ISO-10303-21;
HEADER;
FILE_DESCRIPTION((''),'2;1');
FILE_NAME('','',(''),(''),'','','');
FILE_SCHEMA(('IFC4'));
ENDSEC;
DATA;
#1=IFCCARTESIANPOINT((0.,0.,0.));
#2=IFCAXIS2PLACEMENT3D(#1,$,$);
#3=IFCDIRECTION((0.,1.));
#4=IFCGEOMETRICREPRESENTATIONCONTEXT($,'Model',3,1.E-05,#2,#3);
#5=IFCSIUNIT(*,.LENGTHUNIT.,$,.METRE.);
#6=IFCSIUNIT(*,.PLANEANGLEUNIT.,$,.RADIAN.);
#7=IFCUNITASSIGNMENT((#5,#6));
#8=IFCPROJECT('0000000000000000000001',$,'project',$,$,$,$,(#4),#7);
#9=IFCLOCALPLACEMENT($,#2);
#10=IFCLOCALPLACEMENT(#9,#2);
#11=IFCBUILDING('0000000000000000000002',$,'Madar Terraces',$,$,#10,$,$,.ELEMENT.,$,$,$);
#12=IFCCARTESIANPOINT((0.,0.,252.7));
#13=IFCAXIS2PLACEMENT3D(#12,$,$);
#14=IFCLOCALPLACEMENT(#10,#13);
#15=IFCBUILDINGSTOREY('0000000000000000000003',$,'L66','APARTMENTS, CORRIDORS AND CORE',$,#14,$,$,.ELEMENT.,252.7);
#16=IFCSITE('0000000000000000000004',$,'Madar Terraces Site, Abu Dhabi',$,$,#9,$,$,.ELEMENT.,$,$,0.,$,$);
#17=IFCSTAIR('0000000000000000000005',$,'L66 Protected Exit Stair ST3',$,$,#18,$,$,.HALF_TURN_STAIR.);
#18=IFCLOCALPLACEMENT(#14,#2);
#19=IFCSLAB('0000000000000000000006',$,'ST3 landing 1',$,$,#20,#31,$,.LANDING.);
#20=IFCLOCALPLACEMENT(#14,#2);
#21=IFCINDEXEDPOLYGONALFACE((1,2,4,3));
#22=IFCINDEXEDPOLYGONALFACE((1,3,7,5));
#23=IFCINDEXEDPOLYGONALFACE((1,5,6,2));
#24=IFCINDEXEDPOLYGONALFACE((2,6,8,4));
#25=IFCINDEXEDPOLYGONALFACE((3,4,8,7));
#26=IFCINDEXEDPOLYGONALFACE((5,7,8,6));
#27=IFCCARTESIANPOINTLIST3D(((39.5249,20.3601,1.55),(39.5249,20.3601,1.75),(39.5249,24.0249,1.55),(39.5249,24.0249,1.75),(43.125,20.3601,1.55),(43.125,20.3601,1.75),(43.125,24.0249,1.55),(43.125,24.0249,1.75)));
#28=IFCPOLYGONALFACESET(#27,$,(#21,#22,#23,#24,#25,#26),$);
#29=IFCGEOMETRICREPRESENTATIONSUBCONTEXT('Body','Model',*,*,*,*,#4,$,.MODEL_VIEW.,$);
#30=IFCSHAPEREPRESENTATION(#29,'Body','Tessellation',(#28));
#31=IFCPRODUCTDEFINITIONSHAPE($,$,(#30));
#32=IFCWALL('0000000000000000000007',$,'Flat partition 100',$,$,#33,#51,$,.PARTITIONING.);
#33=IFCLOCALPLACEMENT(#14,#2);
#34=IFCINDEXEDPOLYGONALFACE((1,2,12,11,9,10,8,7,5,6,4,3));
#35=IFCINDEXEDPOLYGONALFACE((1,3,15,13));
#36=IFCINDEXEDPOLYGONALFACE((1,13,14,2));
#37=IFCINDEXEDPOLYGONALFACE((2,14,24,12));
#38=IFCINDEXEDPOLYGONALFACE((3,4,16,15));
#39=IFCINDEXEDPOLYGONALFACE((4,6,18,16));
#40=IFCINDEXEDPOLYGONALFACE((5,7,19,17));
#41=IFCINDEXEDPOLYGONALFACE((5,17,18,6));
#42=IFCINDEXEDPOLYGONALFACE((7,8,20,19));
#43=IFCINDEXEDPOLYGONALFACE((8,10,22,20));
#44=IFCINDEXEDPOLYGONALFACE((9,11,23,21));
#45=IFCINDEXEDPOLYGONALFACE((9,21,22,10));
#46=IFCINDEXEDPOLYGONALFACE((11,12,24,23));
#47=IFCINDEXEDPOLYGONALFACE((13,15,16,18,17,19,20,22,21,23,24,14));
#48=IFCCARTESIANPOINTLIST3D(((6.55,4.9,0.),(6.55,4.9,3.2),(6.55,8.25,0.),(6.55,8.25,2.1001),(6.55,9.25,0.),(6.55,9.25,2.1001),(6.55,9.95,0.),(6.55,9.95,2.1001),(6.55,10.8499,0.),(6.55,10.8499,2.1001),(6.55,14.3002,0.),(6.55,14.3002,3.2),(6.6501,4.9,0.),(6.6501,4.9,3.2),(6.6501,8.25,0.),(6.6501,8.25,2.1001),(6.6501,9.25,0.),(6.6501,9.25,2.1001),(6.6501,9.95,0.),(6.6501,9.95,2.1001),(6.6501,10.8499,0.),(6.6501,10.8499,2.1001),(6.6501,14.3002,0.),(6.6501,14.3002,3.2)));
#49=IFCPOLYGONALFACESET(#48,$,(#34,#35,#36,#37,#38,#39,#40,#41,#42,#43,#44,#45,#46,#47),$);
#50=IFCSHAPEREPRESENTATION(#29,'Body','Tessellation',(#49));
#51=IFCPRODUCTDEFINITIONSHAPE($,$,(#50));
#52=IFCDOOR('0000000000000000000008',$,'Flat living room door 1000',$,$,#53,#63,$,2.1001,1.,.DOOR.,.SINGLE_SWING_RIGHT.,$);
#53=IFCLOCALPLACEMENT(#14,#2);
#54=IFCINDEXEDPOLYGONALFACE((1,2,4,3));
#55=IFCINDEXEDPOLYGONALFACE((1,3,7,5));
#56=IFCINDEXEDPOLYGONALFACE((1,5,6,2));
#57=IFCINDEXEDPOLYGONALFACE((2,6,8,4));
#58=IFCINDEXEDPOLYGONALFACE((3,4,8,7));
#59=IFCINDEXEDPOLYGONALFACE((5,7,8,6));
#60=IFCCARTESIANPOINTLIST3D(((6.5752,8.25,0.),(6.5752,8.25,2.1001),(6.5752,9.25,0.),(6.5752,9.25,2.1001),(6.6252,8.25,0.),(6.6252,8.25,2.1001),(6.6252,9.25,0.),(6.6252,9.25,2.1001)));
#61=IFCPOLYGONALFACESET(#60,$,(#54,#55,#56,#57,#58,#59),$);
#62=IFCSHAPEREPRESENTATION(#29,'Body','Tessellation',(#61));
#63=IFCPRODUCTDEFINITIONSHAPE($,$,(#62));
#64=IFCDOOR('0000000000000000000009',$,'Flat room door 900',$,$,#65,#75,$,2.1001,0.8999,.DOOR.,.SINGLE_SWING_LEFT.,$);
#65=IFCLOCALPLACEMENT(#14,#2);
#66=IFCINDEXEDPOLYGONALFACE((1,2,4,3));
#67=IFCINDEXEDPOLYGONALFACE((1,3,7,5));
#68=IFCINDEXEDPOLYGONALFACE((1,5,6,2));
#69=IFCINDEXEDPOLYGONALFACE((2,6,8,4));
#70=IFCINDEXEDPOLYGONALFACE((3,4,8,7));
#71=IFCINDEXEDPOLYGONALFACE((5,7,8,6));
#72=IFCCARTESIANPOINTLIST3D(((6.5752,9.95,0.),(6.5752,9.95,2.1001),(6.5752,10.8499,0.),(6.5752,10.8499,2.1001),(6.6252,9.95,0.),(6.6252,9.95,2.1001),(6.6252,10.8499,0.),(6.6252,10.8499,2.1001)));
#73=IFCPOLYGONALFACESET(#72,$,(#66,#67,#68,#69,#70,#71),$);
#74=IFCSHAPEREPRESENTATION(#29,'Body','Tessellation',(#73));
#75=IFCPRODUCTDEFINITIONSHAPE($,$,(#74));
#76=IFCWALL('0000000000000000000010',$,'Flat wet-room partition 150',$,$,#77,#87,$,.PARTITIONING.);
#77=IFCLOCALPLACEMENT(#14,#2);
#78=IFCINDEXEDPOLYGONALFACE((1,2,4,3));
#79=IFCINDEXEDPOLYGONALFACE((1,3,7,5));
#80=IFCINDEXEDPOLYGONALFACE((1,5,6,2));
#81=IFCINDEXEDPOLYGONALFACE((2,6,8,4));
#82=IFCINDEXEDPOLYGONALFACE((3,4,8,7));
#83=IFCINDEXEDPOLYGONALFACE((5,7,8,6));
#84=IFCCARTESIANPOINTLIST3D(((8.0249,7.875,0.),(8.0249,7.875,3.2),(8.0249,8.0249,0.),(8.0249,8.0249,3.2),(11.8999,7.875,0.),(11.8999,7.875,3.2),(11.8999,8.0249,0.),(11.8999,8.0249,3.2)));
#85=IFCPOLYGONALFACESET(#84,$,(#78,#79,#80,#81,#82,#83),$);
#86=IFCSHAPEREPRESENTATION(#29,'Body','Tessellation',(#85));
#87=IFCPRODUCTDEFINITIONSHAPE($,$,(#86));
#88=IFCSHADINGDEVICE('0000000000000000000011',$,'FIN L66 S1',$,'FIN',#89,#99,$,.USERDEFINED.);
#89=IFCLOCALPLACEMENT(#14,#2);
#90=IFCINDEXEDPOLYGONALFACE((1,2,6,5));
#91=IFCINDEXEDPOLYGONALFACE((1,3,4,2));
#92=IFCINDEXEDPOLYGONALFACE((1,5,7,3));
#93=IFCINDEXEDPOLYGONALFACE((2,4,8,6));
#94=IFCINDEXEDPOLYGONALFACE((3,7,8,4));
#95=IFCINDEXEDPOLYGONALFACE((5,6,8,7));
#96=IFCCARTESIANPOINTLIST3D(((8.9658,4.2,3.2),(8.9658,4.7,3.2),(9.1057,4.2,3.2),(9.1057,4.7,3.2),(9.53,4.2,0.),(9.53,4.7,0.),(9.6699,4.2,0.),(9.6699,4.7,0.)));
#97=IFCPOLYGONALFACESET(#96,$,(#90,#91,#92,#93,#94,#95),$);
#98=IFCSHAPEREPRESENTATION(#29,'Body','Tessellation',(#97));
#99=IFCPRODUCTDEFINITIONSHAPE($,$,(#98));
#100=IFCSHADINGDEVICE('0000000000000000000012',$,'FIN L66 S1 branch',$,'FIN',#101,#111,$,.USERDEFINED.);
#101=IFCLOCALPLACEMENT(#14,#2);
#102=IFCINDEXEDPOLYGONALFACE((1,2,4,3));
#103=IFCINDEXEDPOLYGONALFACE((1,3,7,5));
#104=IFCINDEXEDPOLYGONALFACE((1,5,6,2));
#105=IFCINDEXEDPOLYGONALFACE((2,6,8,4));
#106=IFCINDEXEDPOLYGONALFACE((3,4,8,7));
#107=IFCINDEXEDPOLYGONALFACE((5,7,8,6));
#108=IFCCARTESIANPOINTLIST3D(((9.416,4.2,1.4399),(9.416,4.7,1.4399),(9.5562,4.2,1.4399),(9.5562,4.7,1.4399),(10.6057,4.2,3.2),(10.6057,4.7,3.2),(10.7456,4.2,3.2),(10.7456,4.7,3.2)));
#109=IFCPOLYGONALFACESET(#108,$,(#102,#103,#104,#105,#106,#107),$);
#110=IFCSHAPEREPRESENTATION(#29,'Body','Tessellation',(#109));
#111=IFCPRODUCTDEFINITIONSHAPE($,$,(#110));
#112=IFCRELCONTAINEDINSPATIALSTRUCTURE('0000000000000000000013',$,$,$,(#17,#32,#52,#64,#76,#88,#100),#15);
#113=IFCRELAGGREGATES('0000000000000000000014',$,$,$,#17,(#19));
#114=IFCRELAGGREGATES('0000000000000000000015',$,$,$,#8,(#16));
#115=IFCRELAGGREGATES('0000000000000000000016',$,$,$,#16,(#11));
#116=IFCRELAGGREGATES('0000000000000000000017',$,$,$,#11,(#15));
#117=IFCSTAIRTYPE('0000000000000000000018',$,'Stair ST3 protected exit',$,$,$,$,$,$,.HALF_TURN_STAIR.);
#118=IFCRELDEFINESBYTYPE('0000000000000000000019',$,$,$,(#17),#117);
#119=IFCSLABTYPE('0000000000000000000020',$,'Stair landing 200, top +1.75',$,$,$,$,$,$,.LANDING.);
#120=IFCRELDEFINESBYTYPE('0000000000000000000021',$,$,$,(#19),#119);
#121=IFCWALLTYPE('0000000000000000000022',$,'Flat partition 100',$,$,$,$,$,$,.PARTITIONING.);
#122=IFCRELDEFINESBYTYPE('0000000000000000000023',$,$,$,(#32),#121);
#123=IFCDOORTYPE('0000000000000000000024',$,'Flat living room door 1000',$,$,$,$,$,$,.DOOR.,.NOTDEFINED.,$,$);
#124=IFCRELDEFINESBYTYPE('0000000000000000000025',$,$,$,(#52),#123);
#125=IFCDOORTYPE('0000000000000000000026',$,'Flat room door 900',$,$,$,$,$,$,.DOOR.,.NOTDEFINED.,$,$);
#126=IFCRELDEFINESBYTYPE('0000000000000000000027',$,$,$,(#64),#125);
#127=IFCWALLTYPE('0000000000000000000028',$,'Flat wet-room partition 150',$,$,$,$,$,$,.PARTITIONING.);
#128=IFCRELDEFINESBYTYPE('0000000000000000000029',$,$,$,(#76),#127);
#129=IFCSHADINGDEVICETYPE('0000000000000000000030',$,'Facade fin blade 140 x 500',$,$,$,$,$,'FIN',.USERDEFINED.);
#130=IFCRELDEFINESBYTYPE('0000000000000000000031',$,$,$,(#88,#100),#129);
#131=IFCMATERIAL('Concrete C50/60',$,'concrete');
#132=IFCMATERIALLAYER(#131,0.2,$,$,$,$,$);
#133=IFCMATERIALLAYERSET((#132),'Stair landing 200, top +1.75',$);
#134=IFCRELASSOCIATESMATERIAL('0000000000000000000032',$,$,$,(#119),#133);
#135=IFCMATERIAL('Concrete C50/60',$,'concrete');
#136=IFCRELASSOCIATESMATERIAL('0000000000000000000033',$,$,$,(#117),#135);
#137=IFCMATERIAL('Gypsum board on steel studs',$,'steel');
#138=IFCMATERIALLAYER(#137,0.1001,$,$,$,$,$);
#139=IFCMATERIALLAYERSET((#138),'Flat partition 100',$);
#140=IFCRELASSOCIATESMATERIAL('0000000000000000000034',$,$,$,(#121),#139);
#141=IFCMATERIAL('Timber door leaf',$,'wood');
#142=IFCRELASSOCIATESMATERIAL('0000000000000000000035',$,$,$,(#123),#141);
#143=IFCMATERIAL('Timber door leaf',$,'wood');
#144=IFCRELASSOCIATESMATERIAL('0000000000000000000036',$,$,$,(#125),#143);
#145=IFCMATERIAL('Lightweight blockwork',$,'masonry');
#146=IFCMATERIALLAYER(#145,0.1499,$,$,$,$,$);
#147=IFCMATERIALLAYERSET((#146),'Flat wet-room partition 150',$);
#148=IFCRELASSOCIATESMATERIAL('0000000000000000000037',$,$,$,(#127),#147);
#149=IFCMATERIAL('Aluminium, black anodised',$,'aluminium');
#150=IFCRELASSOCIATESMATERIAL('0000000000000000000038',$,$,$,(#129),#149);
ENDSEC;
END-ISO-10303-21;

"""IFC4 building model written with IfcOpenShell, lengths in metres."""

from ifc_helpers import new_model, si_unit, direction, frame, frame_2d, origin, place, context, subcontext, project, spatial, polyline, rectangle, outline, extrude, material, layer, layer_set, type_object, element, fill, aggregate, save


model = new_model("IFC4")

# Units and contexts
model_context = context("Model", 3, precision=1e-05, world=origin(), true_north=direction((0.0, 1.0)))
body_context = subcontext(model_context, "Body", "Model", "MODEL_VIEW")
ifc_project = project(units=[si_unit("LENGTHUNIT", "METRE"), si_unit("PLANEANGLEUNIT", "RADIAN")], contexts=[model_context])

# Site, building, storey
site_placement = place(None, origin())
site = spatial("IfcSite", under=ifc_project, at=site_placement, Name="Madar Terraces Site, Abu Dhabi", CompositionType="ELEMENT", RefElevation=0.0)
building_placement = place(site_placement, origin())
building = spatial("IfcBuilding", under=site, at=building_placement, Name="Madar Terraces", CompositionType="ELEMENT")
storey_placement = place(building_placement, frame((0.0, 0.0, 252.7)))
storey = spatial("IfcBuildingStorey", under=building, at=storey_placement, Name="L66", Description="APARTMENTS, CORRIDORS AND CORE", CompositionType="ELEMENT", Elevation=252.7)

# Stair, slab
ifc_material_1 = material(Name="Concrete C50/60", Category="concrete")
ifc_layer_1 = layer(ifc_material_1, 0.2)
ifc_layer_set_1 = layer_set([ifc_layer_1], Name="Stair landing 200, top +1.75")
slab_type_1 = type_object("IfcSlabType", Name="Stair landing 200, top +1.75", PredefinedType="LANDING", material=ifc_layer_set_1)
ifc_material_2 = material(Name="Concrete C50/60", Category="concrete")
stair_type_1 = type_object("IfcStairType", Name="Stair ST3 protected exit", PredefinedType="HALF_TURN_STAIR", material=ifc_material_2)
stair_1_placement = place(storey_placement, origin())
stair_1 = element("IfcStair", 1, at=stair_1_placement, inside=storey, type_object=stair_type_1, Name="L66 Protected Exit Stair ST3", PredefinedType="HALF_TURN_STAIR")
slab_1_placement = place(storey_placement, frame((0.0, 0.0, 1.55)))
slab_1 = element("IfcSlab", 2, at=slab_1_placement, type_object=slab_type_1, Name="ST3 landing 1", PredefinedType="LANDING", context=body_context, shape_type="SweptSolid", body=[
    extrude(outline(polyline([(39.5249, 20.3601), (43.125, 20.3601), (43.125, 24.0249), (39.5249, 24.0249), (39.5249, 20.3601)])), origin(), (0.0, 0.0, 1.0), 0.2),
])
aggregate(stair_1, [slab_1])

# Wall, openings, doors
ifc_material_3 = material(Name="Gypsum board on steel studs", Category="steel")
ifc_layer_2 = layer(ifc_material_3, 0.1001)
ifc_layer_set_2 = layer_set([ifc_layer_2], Name="Flat partition 100")
wall_type_1 = type_object("IfcWallType", Name="Flat partition 100", PredefinedType="PARTITIONING", material=ifc_layer_set_2)
wall_1_placement = place(storey_placement, frame((6.6001, 4.8999, 0.0), z_axis=(0.0, 0.0, 1.0), x_axis=(0.0, 1.0, 0.0)))
wall_1 = element("IfcWall", 3, at=wall_1_placement, inside=storey, type_object=wall_type_1, Name="Flat partition 100", PredefinedType="PARTITIONING", context=body_context, shape_type="SweptSolid", body=[
    extrude(rectangle(XDim=9.4001, YDim=0.1001, at=frame_2d((4.7002, 0.0))), origin(), (0.0, 0.0, 1.0), 3.2),
])
opening_1_placement = place(wall_1_placement, frame((5.05, 0.0, 0.0)))
opening_1 = element("IfcOpeningElement", 4, at=opening_1_placement, cuts=wall_1, PredefinedType="OPENING", context=body_context, shape_type="SweptSolid", body=[
    extrude(rectangle(XDim=0.8999, YDim=2.1001, at=frame_2d((0.45, 1.05))), frame((0.0, 0.0601, 0.0), z_axis=(0.0, -1.0, 0.0), x_axis=(1.0, 0.0, 0.0)), (0.0, 0.0, 1.0), 0.1201),
])
opening_2_placement = place(wall_1_placement, frame((3.3501, 0.0, 0.0)))
opening_2 = element("IfcOpeningElement", 5, at=opening_2_placement, cuts=wall_1, PredefinedType="OPENING", context=body_context, shape_type="SweptSolid", body=[
    extrude(rectangle(XDim=1.0, YDim=2.1001, at=frame_2d((0.5, 1.05))), frame((0.0, 0.0601, 0.0), z_axis=(0.0, -1.0, 0.0), x_axis=(1.0, 0.0, 0.0)), (0.0, 0.0, 1.0), 0.1201),
])
ifc_material_4 = material(Name="Timber door leaf", Category="wood")
door_type_1 = type_object("IfcDoorType", Name="Flat living room door 1000", OperationType="NOTDEFINED", PredefinedType="DOOR", material=ifc_material_4)
door_1_placement = place(opening_2_placement, origin())
door_1 = element("IfcDoor", 6, at=door_1_placement, inside=storey, type_object=door_type_1, Name="Flat living room door 1000", OperationType="SINGLE_SWING_RIGHT", OverallHeight=2.1001, OverallWidth=1.0, PredefinedType="DOOR", context=body_context, shape_type="SweptSolid", body=[
    extrude(rectangle(XDim=1.0, YDim=2.1001, at=frame_2d((0.5, 1.05))), frame((0.0, 0.0249, 0.0), z_axis=(0.0, -1.0, 0.0), x_axis=(1.0, 0.0, 0.0)), (0.0, 0.0, 1.0), 0.05),
])
fill(opening_2, door_1)
ifc_material_5 = material(Name="Timber door leaf", Category="wood")
door_type_2 = type_object("IfcDoorType", Name="Flat room door 900", OperationType="NOTDEFINED", PredefinedType="DOOR", material=ifc_material_5)
door_2_placement = place(opening_1_placement, origin())
door_2 = element("IfcDoor", 7, at=door_2_placement, inside=storey, type_object=door_type_2, Name="Flat room door 900", OperationType="SINGLE_SWING_LEFT", OverallHeight=2.1001, OverallWidth=0.8999, PredefinedType="DOOR", context=body_context, shape_type="SweptSolid", body=[
    extrude(rectangle(XDim=0.8999, YDim=2.1001, at=frame_2d((0.45, 1.05))), frame((0.0, 0.0249, 0.0), z_axis=(0.0, -1.0, 0.0), x_axis=(1.0, 0.0, 0.0)), (0.0, 0.0, 1.0), 0.05),
])
fill(opening_1, door_2)

# Wall
ifc_material_6 = material(Name="Lightweight blockwork", Category="masonry")
ifc_layer_3 = layer(ifc_material_6, 0.1499)
ifc_layer_set_3 = layer_set([ifc_layer_3], Name="Flat wet-room partition 150")
wall_type_2 = type_object("IfcWallType", Name="Flat wet-room partition 150", PredefinedType="PARTITIONING", material=ifc_layer_set_3)
wall_2_placement = place(storey_placement, frame((11.8999, 7.95, 0.0), z_axis=(0.0, 0.0, 1.0), x_axis=(-1.0, 0.0, 0.0)))
element("IfcWall", 8, at=wall_2_placement, inside=storey, type_object=wall_type_2, Name="Flat wet-room partition 150", PredefinedType="PARTITIONING", context=body_context, shape_type="SweptSolid", body=[
    extrude(rectangle(XDim=3.875, YDim=0.1499, at=frame_2d((1.9375, 0.0))), origin(), (0.0, 0.0, 1.0), 3.2),
])

# Shading devices
ifc_material_7 = material(Name="Aluminium, black anodised", Category="aluminium")
shading_device_type = type_object("IfcShadingDeviceType", Name="Facade fin blade 140 x 500", ElementType="FIN", PredefinedType="USERDEFINED", material=ifc_material_7)
shading_device_1_placement = place(storey_placement, frame((9.53, 4.45, 0.0), z_axis=(0.0, 0.0, 1.0), x_axis=(1.0, 0.0, 0.0)))
element("IfcShadingDevice", 9, at=shading_device_1_placement, inside=storey, type_object=shading_device_type, Name="FIN L66 S1", ObjectType="FIN", PredefinedType="USERDEFINED", context=body_context, shape_type="SweptSolid", body=[
    extrude(outline(polyline([(0.0, 0.0), (0.1399, 0.0), (-0.4243, 3.2), (-0.5642, 3.2), (0.0, 0.0)])), frame((0.0, 0.25, 0.0), z_axis=(0.0, -1.0, 0.0), x_axis=(1.0, 0.0, 0.0)), (0.0, 0.0, 1.0), 0.5),
])
shading_device_2_placement = place(storey_placement, frame((9.416, 4.45, 1.4399), z_axis=(0.0, 0.0, 1.0), x_axis=(1.0, 0.0, 0.0)))
element("IfcShadingDevice", 10, at=shading_device_2_placement, inside=storey, type_object=shading_device_type, Name="FIN L66 S1 branch", ObjectType="FIN", PredefinedType="USERDEFINED", context=body_context, shape_type="SweptSolid", body=[
    extrude(outline(polyline([(0.0, 0.0), (0.1401, 0.0), (1.3296, 1.76), (1.1897, 1.76), (0.0, 0.0)])), frame((0.0, 0.25, 0.0), z_axis=(0.0, -1.0, 0.0), x_axis=(1.0, 0.0, 0.0)), (0.0, 0.0, 1.0), 0.5),
])

save(model, "model.ifc")
